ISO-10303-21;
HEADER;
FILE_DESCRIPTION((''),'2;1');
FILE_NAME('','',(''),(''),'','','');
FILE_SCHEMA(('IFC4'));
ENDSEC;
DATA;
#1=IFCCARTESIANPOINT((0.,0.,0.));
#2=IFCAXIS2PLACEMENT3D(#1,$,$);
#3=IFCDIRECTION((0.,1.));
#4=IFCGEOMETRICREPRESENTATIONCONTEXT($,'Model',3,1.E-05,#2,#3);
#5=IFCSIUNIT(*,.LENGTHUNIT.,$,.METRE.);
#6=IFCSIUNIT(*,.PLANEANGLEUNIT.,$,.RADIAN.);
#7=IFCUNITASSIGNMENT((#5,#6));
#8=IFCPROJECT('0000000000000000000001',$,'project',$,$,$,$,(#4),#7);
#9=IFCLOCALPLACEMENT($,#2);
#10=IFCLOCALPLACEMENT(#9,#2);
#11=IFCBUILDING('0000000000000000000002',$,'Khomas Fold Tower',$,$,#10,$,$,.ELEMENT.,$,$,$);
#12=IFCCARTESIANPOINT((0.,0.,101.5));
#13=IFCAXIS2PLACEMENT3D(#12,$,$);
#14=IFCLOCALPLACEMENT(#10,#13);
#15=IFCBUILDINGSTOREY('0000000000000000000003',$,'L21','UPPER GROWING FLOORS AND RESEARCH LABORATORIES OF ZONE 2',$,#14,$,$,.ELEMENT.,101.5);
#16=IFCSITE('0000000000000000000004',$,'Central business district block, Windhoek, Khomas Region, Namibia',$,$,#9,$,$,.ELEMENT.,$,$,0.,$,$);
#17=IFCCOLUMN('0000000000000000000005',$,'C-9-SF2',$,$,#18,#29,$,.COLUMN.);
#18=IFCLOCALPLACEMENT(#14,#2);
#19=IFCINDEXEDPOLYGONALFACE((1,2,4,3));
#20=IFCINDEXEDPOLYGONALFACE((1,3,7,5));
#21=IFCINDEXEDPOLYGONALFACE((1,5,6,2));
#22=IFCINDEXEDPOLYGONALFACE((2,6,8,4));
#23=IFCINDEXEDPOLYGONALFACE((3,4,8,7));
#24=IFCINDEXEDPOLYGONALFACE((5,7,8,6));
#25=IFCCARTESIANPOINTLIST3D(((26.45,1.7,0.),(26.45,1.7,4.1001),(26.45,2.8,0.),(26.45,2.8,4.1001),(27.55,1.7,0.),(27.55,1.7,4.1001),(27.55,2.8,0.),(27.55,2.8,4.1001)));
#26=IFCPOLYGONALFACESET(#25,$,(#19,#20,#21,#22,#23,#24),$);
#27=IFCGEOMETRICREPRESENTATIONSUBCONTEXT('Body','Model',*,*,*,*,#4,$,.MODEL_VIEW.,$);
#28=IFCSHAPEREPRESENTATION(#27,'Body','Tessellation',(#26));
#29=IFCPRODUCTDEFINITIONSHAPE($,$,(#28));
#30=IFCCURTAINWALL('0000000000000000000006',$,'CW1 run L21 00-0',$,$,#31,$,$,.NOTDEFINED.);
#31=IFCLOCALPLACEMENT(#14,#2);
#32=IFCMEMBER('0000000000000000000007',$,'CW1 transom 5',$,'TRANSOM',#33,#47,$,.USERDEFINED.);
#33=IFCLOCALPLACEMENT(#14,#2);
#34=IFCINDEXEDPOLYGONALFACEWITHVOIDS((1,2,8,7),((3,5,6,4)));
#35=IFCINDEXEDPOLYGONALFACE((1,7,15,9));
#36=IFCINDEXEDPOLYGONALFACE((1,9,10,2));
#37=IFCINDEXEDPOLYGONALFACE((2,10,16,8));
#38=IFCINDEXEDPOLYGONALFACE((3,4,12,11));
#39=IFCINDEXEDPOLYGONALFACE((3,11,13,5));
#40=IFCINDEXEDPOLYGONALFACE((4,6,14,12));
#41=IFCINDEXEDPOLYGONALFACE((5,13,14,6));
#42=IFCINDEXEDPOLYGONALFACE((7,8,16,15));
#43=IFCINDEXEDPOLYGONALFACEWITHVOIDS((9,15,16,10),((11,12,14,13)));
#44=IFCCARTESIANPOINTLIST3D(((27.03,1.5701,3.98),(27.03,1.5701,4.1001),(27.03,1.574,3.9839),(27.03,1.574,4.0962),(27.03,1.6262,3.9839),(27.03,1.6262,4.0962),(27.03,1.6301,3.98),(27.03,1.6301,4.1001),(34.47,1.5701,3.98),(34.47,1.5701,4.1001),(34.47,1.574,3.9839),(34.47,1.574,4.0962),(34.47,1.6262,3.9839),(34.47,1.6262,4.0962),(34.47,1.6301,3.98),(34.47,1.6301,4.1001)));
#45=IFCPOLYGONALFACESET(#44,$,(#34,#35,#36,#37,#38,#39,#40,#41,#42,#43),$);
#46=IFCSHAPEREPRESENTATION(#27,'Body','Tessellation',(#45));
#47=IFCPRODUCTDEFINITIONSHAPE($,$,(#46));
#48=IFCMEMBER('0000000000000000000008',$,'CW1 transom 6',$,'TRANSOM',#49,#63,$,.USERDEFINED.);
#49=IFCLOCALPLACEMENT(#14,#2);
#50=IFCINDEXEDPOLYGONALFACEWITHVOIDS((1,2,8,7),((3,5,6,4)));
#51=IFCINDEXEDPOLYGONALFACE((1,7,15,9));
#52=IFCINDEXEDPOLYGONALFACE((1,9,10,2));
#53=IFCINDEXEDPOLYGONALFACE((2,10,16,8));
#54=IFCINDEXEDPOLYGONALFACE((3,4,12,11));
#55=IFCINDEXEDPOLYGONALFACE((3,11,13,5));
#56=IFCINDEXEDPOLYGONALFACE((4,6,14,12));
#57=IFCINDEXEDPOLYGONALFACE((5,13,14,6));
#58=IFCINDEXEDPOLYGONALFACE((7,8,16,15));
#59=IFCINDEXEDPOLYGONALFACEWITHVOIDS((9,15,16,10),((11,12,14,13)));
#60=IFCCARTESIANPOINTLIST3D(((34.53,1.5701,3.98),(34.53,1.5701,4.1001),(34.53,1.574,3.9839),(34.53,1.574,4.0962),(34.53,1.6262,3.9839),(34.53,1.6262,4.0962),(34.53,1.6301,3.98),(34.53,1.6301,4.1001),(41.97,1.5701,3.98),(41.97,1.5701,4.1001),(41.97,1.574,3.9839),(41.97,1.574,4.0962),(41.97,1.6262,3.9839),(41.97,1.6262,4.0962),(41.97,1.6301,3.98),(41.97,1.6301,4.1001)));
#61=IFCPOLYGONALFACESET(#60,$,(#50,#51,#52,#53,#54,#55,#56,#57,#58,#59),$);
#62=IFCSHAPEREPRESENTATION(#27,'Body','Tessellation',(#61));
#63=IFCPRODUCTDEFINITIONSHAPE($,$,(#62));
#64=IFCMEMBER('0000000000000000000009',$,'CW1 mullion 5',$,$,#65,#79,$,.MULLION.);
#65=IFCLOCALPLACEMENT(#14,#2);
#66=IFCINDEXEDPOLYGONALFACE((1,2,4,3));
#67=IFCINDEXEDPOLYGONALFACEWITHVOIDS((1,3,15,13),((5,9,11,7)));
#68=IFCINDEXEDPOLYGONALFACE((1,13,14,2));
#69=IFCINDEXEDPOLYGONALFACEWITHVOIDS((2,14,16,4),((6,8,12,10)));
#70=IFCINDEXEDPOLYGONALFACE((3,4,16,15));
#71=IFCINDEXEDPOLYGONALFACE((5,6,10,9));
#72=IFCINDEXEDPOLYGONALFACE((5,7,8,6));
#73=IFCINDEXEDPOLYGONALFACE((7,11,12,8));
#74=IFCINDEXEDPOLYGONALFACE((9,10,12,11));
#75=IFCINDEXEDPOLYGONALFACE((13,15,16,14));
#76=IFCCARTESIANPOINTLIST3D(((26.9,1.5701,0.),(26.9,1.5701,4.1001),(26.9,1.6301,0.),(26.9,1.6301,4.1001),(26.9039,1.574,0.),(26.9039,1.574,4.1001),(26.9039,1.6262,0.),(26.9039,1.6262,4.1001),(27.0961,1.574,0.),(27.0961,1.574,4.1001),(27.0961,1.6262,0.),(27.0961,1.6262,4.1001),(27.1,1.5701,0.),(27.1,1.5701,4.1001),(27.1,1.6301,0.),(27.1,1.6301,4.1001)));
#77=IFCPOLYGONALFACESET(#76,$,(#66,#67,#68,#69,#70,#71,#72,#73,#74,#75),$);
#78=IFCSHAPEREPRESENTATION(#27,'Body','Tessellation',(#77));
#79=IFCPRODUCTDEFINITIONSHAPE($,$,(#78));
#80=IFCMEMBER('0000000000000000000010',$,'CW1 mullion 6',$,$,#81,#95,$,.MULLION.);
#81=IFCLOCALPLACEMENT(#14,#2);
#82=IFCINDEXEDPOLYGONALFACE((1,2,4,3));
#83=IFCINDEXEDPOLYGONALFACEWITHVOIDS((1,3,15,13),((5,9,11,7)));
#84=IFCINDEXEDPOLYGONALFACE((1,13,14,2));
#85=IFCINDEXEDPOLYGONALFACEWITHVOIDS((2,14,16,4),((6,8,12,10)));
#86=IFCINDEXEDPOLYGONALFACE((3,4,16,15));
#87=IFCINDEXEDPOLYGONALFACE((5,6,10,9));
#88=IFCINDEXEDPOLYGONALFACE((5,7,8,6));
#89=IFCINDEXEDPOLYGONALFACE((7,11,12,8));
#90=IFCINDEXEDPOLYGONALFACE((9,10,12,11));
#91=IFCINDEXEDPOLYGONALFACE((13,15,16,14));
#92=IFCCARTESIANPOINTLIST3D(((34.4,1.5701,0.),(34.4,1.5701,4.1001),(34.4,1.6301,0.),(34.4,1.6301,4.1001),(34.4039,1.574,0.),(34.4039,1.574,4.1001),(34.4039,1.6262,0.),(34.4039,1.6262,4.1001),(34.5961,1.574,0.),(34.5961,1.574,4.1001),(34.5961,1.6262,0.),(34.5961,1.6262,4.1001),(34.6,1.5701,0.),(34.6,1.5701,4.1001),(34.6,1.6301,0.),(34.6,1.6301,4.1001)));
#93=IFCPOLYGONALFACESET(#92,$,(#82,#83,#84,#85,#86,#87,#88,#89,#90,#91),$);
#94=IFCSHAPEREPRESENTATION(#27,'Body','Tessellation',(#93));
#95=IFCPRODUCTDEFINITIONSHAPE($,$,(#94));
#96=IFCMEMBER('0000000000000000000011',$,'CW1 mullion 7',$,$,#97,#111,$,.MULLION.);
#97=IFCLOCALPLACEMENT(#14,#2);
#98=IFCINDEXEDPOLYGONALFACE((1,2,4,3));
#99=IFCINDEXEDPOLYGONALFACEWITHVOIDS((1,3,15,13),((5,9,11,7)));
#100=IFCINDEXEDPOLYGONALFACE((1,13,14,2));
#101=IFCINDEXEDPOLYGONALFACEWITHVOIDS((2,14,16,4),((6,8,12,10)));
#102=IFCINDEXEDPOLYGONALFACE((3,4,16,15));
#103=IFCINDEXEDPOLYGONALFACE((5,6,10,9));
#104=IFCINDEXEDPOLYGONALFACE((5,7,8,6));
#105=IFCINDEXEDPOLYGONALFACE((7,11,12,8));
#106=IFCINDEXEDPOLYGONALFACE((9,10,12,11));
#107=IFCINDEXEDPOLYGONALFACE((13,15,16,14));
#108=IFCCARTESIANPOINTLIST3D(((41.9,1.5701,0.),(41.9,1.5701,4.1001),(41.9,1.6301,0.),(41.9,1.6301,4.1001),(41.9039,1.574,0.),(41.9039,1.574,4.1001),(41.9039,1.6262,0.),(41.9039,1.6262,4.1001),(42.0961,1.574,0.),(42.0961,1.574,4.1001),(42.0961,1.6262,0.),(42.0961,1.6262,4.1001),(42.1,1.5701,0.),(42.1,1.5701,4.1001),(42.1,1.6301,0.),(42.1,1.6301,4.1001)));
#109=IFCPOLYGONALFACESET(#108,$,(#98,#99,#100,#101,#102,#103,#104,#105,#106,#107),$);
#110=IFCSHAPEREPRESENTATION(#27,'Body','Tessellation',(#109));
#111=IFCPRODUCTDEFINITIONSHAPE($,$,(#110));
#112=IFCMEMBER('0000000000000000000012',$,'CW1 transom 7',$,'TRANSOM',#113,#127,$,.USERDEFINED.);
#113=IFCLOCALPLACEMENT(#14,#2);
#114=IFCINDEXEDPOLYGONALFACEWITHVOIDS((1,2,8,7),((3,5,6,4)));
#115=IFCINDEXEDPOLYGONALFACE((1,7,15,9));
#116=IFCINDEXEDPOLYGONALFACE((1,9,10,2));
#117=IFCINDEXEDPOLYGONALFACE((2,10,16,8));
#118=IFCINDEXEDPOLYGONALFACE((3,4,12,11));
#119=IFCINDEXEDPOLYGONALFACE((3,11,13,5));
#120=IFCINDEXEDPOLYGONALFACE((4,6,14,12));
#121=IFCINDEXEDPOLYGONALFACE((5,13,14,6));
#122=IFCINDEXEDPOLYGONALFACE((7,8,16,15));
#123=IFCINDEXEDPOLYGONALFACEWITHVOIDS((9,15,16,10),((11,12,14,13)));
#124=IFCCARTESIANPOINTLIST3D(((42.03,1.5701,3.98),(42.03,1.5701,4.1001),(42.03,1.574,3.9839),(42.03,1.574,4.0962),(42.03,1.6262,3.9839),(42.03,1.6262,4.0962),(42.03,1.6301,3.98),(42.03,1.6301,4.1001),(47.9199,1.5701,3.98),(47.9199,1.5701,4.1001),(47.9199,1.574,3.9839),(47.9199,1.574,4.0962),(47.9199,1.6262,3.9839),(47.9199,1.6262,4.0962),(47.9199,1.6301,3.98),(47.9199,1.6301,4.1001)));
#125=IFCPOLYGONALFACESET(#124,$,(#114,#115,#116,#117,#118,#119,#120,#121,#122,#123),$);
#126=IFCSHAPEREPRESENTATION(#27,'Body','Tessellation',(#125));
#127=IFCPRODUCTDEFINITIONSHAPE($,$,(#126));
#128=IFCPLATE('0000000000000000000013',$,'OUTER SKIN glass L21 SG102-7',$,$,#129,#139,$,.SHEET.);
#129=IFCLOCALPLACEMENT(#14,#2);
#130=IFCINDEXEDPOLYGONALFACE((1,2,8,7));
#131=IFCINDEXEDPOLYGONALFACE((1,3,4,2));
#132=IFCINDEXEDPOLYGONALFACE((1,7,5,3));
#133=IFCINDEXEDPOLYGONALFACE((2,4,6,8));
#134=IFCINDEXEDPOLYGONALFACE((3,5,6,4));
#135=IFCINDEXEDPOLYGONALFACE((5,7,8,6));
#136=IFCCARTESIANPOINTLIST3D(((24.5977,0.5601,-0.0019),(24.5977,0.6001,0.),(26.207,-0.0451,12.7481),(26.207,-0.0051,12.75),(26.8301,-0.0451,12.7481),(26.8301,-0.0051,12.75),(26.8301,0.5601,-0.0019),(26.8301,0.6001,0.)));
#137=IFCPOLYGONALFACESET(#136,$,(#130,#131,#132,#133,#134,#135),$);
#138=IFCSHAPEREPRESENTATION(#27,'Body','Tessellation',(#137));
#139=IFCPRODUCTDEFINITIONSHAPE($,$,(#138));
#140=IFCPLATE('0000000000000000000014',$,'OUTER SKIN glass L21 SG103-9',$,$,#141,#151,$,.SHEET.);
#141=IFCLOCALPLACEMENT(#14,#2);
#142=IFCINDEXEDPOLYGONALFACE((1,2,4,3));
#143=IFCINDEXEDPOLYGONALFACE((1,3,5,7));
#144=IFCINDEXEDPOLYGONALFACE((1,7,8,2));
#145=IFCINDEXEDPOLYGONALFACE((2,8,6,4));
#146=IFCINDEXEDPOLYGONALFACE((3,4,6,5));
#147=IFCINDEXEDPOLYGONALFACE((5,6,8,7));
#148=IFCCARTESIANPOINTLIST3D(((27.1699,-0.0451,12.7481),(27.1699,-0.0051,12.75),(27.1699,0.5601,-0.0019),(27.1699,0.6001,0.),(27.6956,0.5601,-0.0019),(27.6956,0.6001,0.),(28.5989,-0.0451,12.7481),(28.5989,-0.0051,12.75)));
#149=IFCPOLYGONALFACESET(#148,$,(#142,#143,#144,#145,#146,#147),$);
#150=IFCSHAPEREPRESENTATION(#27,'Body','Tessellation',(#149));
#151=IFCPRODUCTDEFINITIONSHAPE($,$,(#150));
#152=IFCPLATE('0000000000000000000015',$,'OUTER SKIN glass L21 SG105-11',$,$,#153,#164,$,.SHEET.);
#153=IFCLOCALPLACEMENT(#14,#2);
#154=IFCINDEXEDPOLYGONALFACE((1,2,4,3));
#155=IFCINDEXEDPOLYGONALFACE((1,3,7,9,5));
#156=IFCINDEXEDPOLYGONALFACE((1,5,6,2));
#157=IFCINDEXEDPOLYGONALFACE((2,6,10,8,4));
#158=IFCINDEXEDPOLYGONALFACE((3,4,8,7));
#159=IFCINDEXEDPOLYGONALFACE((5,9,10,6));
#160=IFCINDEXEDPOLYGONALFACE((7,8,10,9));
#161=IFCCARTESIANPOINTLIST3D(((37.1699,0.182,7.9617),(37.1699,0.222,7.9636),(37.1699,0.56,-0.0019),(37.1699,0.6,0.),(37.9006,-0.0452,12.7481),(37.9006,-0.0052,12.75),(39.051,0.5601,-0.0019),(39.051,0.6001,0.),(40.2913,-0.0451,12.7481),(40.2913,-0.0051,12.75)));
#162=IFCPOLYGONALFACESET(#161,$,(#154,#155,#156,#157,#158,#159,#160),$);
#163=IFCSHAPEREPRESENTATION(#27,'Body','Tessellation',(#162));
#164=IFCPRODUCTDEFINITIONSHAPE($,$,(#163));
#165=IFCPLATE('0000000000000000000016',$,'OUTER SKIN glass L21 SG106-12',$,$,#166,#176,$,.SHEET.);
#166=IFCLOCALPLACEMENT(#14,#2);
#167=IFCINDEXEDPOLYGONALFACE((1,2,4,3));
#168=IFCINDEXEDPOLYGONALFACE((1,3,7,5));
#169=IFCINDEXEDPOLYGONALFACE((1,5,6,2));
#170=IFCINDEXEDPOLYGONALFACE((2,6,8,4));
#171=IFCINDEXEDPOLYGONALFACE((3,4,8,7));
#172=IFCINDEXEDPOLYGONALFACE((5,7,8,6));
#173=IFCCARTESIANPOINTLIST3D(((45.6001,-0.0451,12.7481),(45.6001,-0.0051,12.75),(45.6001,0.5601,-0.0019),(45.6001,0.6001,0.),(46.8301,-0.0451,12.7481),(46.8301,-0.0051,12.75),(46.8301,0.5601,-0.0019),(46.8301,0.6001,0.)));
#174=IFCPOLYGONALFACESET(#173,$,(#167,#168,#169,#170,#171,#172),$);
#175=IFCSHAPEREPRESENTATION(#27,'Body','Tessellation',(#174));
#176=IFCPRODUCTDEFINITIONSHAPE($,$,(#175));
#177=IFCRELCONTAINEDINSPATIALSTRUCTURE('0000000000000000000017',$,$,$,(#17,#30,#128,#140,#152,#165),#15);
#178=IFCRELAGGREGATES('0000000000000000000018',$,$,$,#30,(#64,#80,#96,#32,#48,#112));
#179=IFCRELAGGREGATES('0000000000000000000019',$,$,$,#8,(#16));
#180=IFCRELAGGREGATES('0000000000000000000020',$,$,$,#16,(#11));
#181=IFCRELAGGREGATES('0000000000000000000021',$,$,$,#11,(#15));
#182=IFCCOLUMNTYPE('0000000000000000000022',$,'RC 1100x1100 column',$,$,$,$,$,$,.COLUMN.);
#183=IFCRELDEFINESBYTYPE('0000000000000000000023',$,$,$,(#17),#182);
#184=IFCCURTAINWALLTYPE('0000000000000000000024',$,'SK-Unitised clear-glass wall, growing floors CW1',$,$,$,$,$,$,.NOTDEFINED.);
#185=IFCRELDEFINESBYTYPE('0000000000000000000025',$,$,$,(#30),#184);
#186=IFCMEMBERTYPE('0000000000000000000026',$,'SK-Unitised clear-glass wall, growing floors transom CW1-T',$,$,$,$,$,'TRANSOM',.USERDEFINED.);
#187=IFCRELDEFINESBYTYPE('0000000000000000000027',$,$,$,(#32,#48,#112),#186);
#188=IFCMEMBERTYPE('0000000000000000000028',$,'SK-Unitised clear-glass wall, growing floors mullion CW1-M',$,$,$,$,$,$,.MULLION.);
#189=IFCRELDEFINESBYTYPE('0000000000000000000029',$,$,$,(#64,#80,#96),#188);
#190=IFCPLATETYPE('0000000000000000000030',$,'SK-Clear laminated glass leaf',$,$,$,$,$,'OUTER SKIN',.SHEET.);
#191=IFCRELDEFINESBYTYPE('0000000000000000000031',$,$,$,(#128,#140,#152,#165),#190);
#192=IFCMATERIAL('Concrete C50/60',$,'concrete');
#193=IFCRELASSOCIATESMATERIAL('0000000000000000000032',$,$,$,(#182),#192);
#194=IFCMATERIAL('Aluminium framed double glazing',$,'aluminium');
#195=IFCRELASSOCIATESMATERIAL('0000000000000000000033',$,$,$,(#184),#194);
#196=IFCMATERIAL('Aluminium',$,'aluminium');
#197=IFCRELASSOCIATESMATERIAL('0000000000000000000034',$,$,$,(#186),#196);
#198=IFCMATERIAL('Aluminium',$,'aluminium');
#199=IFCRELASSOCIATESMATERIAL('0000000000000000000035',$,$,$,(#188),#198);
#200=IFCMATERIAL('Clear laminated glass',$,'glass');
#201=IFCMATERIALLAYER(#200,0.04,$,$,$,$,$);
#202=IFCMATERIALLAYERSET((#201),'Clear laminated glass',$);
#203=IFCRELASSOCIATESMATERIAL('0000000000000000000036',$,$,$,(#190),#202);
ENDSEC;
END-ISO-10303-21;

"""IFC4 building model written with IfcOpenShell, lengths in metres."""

from ifc_helpers import new_model, si_unit, direction, frame, origin, origin_2d, place, context, subcontext, project, spatial, polyline, rectangle, hollow_rectangle, outline, extrude, source, transform, mapped, material, layer, layer_set, material_profile, profile_set, type_object, element, aggregate, save


model = new_model("IFC4")

# Units and contexts
model_context = context("Model", 3, precision=1e-05, world=origin(), true_north=direction((0.0, 1.0)))
body_context = subcontext(model_context, "Body", "Model", "MODEL_VIEW")
ifc_project = project(units=[si_unit("LENGTHUNIT", "METRE"), si_unit("PLANEANGLEUNIT", "RADIAN")], contexts=[model_context])

# Site, building, storey
site_placement = place(None, origin())
site = spatial("IfcSite", under=ifc_project, at=site_placement, Name="Central business district block, Windhoek, Khomas Region, Namibia", CompositionType="ELEMENT", RefElevation=0.0)
building_placement = place(site_placement, origin())
building = spatial("IfcBuilding", under=site, at=building_placement, Name="Khomas Fold Tower", CompositionType="ELEMENT")
storey_placement = place(building_placement, frame((0.0, 0.0, 101.5)))
storey = spatial("IfcBuildingStorey", under=building, at=storey_placement, Name="L21", Description="UPPER GROWING FLOORS AND RESEARCH LABORATORIES OF ZONE 2", CompositionType="ELEMENT", Elevation=101.5)

# Column
ifc_material_1 = material(Name="Concrete C50/60", Category="concrete")
ifc_material_profile_1 = material_profile(ifc_material_1, rectangle(XDim=1.1001, YDim=1.1001, at=origin_2d()), Name="RC 1100x1100")
ifc_profile_set_1 = profile_set([ifc_material_profile_1], Name="Concrete C50/60")
column_type = type_object("IfcColumnType", Name="RC 1100x1100 column", PredefinedType="COLUMN", material=ifc_profile_set_1)
shared_shape_1 = source(origin(), body_context, "Body", "SweptSolid", [
    extrude(rectangle(XDim=1.1001, YDim=1.1001, at=origin_2d()), origin(), (0.0, 0.0, 1.0), 4.1001),
])
column_placement = place(storey_placement, frame((27.0, 2.25, 0.0), z_axis=(0.0, 0.0, 1.0), x_axis=(1.0, 0.0, 0.0)))
element("IfcColumn", 1, at=column_placement, inside=storey, type_object=column_type, Name="C-9-SF2", PredefinedType="COLUMN", context=body_context, shape_type="MappedRepresentation", body=[
    mapped(shared_shape_1, transform((0.0, 0.0, 0.0))),
])

# Curtain wall, members
ifc_material_2 = material(Name="Aluminium framed double glazing", Category="aluminium")
curtain_wall_type = type_object("IfcCurtainWallType", Name="SK-Unitised clear-glass wall, growing floors CW1", PredefinedType="NOTDEFINED", material=ifc_material_2)
curtain_wall_placement = place(storey_placement, origin())
curtain_wall = element("IfcCurtainWall", 2, at=curtain_wall_placement, inside=storey, type_object=curtain_wall_type, Name="CW1 run L21 00-0", PredefinedType="NOTDEFINED")
ifc_material_3 = material(Name="Aluminium", Category="aluminium")
ifc_material_profile_2 = material_profile(ifc_material_3, hollow_rectangle(XDim=0.0601, YDim=0.1201, WallThickness=0.0039, at=origin_2d()), Name="SK-Unitised clear-glass wall, growing floors transom CW1-T")
ifc_profile_set_2 = profile_set([ifc_material_profile_2], Name="Aluminium")
member_type_1 = type_object("IfcMemberType", Name="SK-Unitised clear-glass wall, growing floors transom CW1-T", ElementType="TRANSOM", PredefinedType="USERDEFINED", material=ifc_profile_set_2)
shared_shape_2 = source(origin(), body_context, "Body", "SweptSolid", [
    extrude(hollow_rectangle(XDim=0.0601, YDim=0.1201, WallThickness=0.0039, at=origin_2d()), origin(), (0.0, 0.0, 1.0), 7.4399),
])
member_1_placement = place(storey_placement, frame((27.03, 1.6001, 4.04), z_axis=(1.0, 0.0, 0.0), x_axis=(0.0, 1.0, 0.0)))
member_1 = element("IfcMember", 3, at=member_1_placement, type_object=member_type_1, Name="CW1 transom 5", ObjectType="TRANSOM", PredefinedType="USERDEFINED", context=body_context, shape_type="MappedRepresentation", body=[
    mapped(shared_shape_2, transform((0.0, 0.0, 0.0))),
])
member_2_placement = place(storey_placement, frame((34.53, 1.6001, 4.04), z_axis=(1.0, 0.0, 0.0), x_axis=(0.0, 1.0, 0.0)))
member_2 = element("IfcMember", 4, at=member_2_placement, type_object=member_type_1, Name="CW1 transom 6", ObjectType="TRANSOM", PredefinedType="USERDEFINED", context=body_context, shape_type="MappedRepresentation", body=[
    mapped(shared_shape_2, transform((0.0, 0.0, 0.0))),
])
ifc_material_4 = material(Name="Aluminium", Category="aluminium")
ifc_material_profile_3 = material_profile(ifc_material_4, hollow_rectangle(XDim=0.0601, YDim=0.2, WallThickness=0.0039, at=origin_2d()), Name="SK-Unitised clear-glass wall, growing floors mullion CW1-M")
ifc_profile_set_3 = profile_set([ifc_material_profile_3], Name="Aluminium")
member_type_2 = type_object("IfcMemberType", Name="SK-Unitised clear-glass wall, growing floors mullion CW1-M", PredefinedType="MULLION", material=ifc_profile_set_3)
shared_shape_3 = source(origin(), body_context, "Body", "SweptSolid", [
    extrude(hollow_rectangle(XDim=0.0601, YDim=0.2, WallThickness=0.0039, at=origin_2d()), origin(), (0.0, 0.0, 1.0), 4.1001),
])
member_3_placement = place(storey_placement, frame((27.0, 1.6001, 0.0), z_axis=(0.0, 0.0, 1.0), x_axis=(0.0, 1.0, 0.0)))
member_3 = element("IfcMember", 5, at=member_3_placement, type_object=member_type_2, Name="CW1 mullion 5", PredefinedType="MULLION", context=body_context, shape_type="MappedRepresentation", body=[
    mapped(shared_shape_3, transform((0.0, 0.0, 0.0))),
])
member_4_placement = place(storey_placement, frame((34.5, 1.6001, 0.0), z_axis=(0.0, 0.0, 1.0), x_axis=(0.0, 1.0, 0.0)))
member_4 = element("IfcMember", 6, at=member_4_placement, type_object=member_type_2, Name="CW1 mullion 6", PredefinedType="MULLION", context=body_context, shape_type="MappedRepresentation", body=[
    mapped(shared_shape_3, transform((0.0, 0.0, 0.0))),
])
member_5_placement = place(storey_placement, frame((42.0, 1.6001, 0.0), z_axis=(0.0, 0.0, 1.0), x_axis=(0.0, 1.0, 0.0)))
member_5 = element("IfcMember", 7, at=member_5_placement, type_object=member_type_2, Name="CW1 mullion 7", PredefinedType="MULLION", context=body_context, shape_type="MappedRepresentation", body=[
    mapped(shared_shape_3, transform((0.0, 0.0, 0.0))),
])
shared_shape_4 = source(origin(), body_context, "Body", "SweptSolid", [
    extrude(hollow_rectangle(XDim=0.0601, YDim=0.1201, WallThickness=0.0039, at=origin_2d()), origin(), (0.0, 0.0, 1.0), 5.8899),
])
member_6_placement = place(storey_placement, frame((42.03, 1.6001, 4.04), z_axis=(1.0, 0.0, 0.0), x_axis=(0.0, 1.0, 0.0)))
member_6 = element("IfcMember", 8, at=member_6_placement, type_object=member_type_1, Name="CW1 transom 7", ObjectType="TRANSOM", PredefinedType="USERDEFINED", context=body_context, shape_type="MappedRepresentation", body=[
    mapped(shared_shape_4, transform((0.0, 0.0, 0.0))),
])

# Plates
ifc_material_5 = material(Name="Clear laminated glass", Category="glass")
ifc_layer_1 = layer(ifc_material_5, 0.04)
ifc_layer_set_1 = layer_set([ifc_layer_1], Name="Clear laminated glass")
plate_type_1 = type_object("IfcPlateType", Name="SK-Clear laminated glass leaf", ElementType="OUTER SKIN", PredefinedType="SHEET", material=ifc_layer_set_1)
plate_1_placement = place(storey_placement, frame((24.5977, 0.6001, 0.0), z_axis=(0.0, 0.998875, 0.047415), x_axis=(0.125093, -0.047043, 0.991029)))
element("IfcPlate", 9, at=plate_1_placement, inside=storey, type_object=plate_type_1, Name="OUTER SKIN glass L21 SG102-7", PredefinedType="SHEET", context=body_context, shape_type="SweptSolid", body=[
    extrude(outline(polyline([(0.0, 0.0), (12.8654, 0.0), (12.9434, 0.6182), (0.2793, 2.2149), (0.0, 0.0)])), origin(), (0.0, 0.0, -1.0), 0.04),
])
plate_2_placement = place(storey_placement, frame((27.6956, 0.6001, 0.0), z_axis=(0.0, 0.998875, 0.047415), x_axis=(-1.0, 0.0, 0.0)))
element("IfcPlate", 10, at=plate_2_placement, inside=storey, type_object=plate_type_1, Name="OUTER SKIN glass L21 SG103-9", PredefinedType="SHEET", context=body_context, shape_type="SweptSolid", body=[
    extrude(outline(polyline([(0.0, 0.0), (0.5256, 0.0), (0.5256, 12.7644), (-0.9033, 12.7644), (0.0, 0.0)])), origin(), (0.0, 0.0, -1.0), 0.04),
])
plate_3_placement = place(storey_placement, frame((39.051, 0.6001, 0.0), z_axis=(-0.000032, 0.998875, 0.047417), x_axis=(-1.0, -0.000032, -0.000002)))
element("IfcPlate", 11, at=plate_3_placement, inside=storey, type_object=plate_type_1, Name="OUTER SKIN glass L21 SG105-11", PredefinedType="SHEET", context=body_context, shape_type="SweptSolid", body=[
    extrude(outline(polyline([(0.0, 0.0), (1.8811, 0.0), (1.8811, 7.9726), (1.1504, 12.7644), (-1.2402, 12.7644), (0.0, 0.0)])), origin(), (0.0, 0.0, -1.0), 0.04),
])
plate_4_placement = place(storey_placement, frame((45.6001, 0.6001, 0.0), z_axis=(0.0, 0.998875, 0.047415), x_axis=(0.0, -0.047415, 0.998875)))
element("IfcPlate", 12, at=plate_4_placement, inside=storey, type_object=plate_type_1, Name="OUTER SKIN glass L21 SG106-12", PredefinedType="SHEET", context=body_context, shape_type="SweptSolid", body=[
    extrude(outline(polyline([(0.0, 0.0), (12.7644, 0.0), (12.7644, 1.23), (0.0, 1.23), (0.0, 0.0)])), origin(), (0.0, 0.0, -1.0), 0.04),
])

aggregate(curtain_wall, [member_3, member_4, member_5, member_1, member_2, member_6])

save(model, "model.ifc")
